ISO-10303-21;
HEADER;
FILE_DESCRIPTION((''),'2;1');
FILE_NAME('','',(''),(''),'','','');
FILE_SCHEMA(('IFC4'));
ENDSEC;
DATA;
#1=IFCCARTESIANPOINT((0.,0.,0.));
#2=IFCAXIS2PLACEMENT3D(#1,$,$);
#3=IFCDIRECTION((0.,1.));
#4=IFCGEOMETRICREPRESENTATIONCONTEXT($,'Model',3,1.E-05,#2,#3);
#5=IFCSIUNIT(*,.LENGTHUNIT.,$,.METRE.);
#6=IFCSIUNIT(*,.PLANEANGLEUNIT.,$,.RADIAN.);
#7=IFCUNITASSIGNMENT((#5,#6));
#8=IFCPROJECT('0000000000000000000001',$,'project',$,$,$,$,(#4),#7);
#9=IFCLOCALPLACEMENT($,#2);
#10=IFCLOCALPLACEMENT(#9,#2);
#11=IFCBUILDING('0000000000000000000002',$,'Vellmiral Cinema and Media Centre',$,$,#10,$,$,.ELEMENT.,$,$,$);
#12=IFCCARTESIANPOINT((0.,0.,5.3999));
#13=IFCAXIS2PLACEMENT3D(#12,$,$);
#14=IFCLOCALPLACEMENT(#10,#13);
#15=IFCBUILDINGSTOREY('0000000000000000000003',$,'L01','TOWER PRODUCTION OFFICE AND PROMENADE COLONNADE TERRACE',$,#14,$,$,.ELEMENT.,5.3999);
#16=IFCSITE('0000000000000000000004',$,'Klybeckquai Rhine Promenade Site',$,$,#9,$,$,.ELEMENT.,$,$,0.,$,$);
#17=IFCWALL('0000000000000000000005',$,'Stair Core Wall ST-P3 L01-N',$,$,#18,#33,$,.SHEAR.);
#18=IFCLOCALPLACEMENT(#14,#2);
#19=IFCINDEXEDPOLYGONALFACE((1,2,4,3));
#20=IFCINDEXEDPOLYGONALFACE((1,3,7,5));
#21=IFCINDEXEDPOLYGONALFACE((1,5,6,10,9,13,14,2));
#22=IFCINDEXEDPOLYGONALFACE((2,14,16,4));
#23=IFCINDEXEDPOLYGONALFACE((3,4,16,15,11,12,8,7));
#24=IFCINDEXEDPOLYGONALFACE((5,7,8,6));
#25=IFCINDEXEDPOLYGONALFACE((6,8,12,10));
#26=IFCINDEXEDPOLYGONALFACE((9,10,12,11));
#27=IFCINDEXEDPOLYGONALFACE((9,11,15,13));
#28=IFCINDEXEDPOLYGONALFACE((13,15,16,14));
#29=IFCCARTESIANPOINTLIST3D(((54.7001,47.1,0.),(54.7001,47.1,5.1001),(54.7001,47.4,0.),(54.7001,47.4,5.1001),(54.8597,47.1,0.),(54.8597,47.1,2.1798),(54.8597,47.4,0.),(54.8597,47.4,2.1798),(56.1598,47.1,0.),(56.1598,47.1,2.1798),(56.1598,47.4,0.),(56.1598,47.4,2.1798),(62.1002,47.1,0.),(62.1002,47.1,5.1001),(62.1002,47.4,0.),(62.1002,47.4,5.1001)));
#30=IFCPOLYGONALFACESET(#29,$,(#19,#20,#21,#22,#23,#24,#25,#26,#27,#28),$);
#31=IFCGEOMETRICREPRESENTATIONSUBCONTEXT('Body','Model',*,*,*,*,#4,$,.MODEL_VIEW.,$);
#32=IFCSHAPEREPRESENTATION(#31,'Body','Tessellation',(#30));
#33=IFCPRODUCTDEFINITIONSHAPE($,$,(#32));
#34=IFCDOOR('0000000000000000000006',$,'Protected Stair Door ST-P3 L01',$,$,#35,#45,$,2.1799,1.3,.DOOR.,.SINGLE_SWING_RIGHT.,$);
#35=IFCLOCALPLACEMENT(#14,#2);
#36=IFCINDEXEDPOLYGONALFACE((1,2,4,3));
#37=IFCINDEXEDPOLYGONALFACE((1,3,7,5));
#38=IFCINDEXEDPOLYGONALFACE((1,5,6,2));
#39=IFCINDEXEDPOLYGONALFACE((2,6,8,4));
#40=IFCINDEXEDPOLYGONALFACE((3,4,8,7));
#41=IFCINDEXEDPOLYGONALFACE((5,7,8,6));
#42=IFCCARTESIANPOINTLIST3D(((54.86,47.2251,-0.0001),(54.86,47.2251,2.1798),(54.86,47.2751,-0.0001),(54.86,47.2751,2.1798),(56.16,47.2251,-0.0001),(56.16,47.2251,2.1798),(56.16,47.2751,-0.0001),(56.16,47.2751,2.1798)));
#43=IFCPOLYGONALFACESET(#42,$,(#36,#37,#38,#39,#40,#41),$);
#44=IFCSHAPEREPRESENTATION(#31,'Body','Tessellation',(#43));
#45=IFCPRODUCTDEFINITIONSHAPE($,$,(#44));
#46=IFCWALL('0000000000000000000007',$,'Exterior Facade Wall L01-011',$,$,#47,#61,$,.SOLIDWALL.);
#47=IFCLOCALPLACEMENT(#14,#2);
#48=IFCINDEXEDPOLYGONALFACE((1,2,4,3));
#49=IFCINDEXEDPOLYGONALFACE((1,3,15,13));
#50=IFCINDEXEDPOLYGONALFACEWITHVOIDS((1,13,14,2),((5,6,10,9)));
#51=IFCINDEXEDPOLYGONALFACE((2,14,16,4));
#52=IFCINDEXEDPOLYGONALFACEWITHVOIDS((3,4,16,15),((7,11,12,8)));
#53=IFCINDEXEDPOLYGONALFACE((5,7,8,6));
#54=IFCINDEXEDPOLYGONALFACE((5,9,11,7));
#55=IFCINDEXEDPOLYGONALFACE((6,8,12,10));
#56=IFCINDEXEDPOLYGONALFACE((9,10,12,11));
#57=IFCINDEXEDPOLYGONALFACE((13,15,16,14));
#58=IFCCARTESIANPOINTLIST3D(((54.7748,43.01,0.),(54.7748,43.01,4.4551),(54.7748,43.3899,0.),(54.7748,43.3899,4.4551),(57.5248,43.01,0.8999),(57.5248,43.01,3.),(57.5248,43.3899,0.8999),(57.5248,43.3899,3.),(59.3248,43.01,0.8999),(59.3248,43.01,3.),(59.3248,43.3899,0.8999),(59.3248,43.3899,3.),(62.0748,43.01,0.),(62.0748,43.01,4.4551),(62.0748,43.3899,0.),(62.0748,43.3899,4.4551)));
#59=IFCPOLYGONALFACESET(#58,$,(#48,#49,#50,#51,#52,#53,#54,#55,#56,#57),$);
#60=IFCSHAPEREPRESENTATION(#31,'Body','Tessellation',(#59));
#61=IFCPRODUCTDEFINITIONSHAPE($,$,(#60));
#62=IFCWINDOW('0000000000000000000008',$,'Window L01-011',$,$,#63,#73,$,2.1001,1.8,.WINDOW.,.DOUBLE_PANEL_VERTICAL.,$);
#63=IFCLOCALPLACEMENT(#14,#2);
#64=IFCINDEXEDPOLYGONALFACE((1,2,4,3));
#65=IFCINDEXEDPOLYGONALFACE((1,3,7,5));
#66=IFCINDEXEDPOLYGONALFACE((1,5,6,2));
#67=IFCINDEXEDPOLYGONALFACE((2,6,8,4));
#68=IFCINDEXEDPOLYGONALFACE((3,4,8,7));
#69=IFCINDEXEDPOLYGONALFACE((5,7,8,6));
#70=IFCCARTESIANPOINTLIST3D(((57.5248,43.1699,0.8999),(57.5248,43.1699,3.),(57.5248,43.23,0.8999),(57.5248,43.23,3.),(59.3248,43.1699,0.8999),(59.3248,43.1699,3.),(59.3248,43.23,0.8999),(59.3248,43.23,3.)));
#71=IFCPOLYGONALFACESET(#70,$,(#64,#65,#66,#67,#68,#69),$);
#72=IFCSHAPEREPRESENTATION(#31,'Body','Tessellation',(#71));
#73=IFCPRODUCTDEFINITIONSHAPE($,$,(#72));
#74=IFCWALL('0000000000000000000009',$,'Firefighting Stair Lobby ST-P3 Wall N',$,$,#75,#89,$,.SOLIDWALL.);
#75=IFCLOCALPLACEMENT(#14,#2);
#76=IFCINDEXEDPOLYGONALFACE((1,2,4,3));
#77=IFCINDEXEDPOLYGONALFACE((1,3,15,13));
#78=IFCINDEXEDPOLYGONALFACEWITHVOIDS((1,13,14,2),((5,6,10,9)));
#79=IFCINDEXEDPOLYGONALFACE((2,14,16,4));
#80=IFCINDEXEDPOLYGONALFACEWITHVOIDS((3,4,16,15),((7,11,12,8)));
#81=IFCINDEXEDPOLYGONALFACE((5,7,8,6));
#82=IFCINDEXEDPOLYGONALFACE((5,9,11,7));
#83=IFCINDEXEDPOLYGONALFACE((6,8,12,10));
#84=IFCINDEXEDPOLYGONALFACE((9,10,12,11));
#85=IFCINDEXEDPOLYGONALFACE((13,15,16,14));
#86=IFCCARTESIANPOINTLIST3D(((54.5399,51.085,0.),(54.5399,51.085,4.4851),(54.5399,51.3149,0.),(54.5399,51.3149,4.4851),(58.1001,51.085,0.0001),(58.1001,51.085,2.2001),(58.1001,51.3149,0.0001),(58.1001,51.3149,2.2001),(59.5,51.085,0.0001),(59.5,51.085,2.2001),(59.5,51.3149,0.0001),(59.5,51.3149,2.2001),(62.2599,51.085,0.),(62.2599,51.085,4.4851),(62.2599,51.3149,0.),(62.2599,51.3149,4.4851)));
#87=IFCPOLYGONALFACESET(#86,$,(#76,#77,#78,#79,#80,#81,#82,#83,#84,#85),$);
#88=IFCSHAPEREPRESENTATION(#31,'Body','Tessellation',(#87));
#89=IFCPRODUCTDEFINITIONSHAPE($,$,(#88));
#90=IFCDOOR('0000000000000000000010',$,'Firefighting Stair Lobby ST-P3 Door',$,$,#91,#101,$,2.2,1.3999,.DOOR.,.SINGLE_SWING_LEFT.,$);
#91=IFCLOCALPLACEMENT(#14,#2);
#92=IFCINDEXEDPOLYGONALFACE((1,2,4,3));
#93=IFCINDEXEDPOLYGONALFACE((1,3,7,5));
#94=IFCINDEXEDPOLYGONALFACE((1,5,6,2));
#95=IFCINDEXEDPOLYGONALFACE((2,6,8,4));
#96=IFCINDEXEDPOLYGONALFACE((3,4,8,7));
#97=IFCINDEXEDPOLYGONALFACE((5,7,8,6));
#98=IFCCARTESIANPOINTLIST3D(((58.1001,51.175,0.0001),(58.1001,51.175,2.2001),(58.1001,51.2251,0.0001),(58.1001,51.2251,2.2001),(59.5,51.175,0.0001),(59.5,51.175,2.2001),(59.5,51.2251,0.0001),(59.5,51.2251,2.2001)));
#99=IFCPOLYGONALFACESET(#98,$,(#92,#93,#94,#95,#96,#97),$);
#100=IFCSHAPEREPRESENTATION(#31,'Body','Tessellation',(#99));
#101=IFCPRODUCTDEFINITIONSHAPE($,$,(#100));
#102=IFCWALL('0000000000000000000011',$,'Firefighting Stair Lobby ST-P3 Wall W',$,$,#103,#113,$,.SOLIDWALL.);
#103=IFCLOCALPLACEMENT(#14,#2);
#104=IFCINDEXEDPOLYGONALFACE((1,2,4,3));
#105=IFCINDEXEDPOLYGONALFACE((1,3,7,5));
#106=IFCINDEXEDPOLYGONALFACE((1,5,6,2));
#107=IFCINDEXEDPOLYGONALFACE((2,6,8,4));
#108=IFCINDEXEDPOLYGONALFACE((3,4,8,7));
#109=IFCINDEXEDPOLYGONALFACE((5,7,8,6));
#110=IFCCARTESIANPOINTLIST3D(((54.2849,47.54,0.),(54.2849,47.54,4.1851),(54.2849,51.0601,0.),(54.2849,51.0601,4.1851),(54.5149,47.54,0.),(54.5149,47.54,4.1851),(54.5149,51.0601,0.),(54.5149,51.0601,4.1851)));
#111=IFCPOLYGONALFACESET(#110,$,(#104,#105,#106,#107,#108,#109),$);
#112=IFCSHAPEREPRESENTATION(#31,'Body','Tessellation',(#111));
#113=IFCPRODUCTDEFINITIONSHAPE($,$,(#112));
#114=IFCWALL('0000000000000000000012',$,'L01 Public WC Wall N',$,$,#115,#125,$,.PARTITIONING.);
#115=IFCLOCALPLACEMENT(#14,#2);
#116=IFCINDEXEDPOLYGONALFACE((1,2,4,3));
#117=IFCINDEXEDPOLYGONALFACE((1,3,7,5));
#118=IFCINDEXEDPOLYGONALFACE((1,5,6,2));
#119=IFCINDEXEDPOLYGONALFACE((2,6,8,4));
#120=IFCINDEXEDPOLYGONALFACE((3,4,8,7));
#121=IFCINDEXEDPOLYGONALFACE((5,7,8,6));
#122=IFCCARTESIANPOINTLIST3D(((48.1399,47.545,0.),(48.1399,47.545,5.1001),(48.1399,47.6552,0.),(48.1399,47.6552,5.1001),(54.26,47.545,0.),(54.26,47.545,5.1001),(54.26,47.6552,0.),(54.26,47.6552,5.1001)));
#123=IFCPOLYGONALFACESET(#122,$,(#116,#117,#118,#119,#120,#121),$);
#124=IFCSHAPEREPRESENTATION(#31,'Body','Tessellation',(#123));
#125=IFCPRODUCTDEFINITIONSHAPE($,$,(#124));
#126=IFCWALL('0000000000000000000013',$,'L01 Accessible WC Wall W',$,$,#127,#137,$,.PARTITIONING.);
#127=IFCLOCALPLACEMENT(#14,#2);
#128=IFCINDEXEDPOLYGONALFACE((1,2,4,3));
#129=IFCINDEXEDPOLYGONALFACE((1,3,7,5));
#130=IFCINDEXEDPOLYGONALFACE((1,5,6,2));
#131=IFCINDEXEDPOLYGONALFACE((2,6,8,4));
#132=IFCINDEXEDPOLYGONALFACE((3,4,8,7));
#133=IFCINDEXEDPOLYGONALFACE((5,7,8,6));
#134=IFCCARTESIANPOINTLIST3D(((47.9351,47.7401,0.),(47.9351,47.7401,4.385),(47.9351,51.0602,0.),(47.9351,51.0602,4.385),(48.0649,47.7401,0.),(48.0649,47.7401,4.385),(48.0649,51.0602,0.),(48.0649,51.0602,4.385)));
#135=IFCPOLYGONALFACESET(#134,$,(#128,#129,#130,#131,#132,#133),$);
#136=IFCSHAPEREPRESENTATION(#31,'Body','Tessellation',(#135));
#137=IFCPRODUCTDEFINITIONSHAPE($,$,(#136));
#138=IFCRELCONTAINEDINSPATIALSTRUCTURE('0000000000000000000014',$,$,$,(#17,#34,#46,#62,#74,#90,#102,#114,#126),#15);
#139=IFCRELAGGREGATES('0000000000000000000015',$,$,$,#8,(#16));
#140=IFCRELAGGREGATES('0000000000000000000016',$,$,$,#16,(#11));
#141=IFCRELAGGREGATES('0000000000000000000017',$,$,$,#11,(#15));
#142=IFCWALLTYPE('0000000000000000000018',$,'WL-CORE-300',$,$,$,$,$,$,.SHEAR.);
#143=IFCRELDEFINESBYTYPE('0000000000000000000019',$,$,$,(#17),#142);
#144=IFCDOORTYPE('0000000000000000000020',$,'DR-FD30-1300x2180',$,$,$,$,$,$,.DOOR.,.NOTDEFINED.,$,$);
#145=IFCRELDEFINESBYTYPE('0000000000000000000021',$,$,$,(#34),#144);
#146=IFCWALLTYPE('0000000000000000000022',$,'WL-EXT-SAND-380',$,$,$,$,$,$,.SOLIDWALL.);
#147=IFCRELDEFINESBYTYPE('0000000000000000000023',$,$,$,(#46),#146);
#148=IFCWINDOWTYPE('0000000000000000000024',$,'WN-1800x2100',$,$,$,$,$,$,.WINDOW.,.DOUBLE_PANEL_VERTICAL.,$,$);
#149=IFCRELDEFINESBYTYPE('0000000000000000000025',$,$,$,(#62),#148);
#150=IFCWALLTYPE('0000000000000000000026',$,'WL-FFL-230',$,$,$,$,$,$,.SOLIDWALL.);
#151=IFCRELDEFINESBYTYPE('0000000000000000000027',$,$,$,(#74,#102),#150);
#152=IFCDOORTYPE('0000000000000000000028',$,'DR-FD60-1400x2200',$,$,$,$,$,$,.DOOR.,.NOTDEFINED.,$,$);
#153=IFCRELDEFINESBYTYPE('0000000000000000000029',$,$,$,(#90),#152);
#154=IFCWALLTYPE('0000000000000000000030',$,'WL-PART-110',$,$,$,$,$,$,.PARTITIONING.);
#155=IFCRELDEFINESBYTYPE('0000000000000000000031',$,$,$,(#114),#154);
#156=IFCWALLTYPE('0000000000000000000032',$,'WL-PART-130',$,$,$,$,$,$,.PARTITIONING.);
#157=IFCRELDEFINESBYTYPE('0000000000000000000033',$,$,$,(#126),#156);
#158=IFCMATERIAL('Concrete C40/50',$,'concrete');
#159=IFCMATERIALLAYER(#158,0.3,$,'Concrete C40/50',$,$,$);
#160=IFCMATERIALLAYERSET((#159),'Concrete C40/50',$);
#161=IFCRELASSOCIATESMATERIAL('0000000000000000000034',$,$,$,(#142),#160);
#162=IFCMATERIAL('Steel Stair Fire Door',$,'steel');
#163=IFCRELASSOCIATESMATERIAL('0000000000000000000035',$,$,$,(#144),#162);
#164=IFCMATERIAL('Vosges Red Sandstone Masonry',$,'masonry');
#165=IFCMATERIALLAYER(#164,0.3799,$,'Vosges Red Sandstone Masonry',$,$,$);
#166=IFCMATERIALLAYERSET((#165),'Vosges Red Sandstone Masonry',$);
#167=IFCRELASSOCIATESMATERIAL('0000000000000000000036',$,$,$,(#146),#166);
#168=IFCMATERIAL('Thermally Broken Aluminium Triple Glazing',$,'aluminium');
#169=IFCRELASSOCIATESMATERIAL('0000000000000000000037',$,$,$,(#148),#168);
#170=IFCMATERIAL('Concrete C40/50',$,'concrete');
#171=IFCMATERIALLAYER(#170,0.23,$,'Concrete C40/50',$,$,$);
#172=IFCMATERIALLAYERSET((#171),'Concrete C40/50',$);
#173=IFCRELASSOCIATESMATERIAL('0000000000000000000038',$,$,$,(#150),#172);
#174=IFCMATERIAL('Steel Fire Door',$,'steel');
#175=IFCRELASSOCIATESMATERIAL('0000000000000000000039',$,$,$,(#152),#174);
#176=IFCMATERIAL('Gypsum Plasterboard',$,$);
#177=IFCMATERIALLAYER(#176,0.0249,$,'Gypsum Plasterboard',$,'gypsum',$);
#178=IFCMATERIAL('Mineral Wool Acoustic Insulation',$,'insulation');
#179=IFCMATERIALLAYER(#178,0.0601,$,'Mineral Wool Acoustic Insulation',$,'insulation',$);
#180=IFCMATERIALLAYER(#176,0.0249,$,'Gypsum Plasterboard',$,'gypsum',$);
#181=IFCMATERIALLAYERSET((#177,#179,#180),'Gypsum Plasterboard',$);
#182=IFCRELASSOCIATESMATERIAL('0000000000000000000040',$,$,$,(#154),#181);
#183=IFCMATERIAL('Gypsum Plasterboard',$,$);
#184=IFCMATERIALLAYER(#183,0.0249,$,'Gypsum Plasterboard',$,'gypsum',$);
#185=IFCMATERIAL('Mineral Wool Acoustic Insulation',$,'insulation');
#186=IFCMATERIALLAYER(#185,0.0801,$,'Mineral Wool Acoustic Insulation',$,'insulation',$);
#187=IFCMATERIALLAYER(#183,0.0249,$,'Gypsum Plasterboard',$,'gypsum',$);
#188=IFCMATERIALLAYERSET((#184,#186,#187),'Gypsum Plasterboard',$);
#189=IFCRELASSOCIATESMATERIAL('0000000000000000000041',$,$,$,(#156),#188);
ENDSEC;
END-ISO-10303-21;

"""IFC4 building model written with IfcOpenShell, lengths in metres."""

from ifc_helpers import new_model, si_unit, direction, frame, frame_2d, origin, place, context, subcontext, project, spatial, rectangle, extrude, material, layer, layer_set, type_object, element, fill, save


model = new_model("IFC4")

# Units and contexts
model_context = context("Model", 3, precision=1e-05, world=origin(), true_north=direction((0.0, 1.0)))
body_context = subcontext(model_context, "Body", "Model", "MODEL_VIEW")
ifc_project = project(units=[si_unit("LENGTHUNIT", "METRE"), si_unit("PLANEANGLEUNIT", "RADIAN")], contexts=[model_context])

# Site, building, storey
site_placement = place(None, origin())
site = spatial("IfcSite", under=ifc_project, at=site_placement, Name="Klybeckquai Rhine Promenade Site", CompositionType="ELEMENT", RefElevation=0.0)
building_placement = place(site_placement, origin())
building = spatial("IfcBuilding", under=site, at=building_placement, Name="Vellmiral Cinema and Media Centre", CompositionType="ELEMENT")
storey_placement = place(building_placement, frame((0.0, 0.0, 5.3999)))
storey = spatial("IfcBuildingStorey", under=building, at=storey_placement, Name="L01", Description="TOWER PRODUCTION OFFICE AND PROMENADE COLONNADE TERRACE", CompositionType="ELEMENT", Elevation=5.3999)

# Shared definitions
ifc_material_1 = material(Name="Concrete C40/50", Category="concrete")
ifc_layer_1 = layer(ifc_material_1, 0.3, Name="Concrete C40/50")
ifc_layer_set_1 = layer_set([ifc_layer_1], Name="Concrete C40/50")
wall_type_1 = type_object("IfcWallType", Name="WL-CORE-300", PredefinedType="SHEAR", material=ifc_layer_set_1)

# Wall, opening, door
wall_1_placement = place(storey_placement, frame((54.7, 47.25, 0.0), z_axis=(0.0, 0.0, 1.0), x_axis=(1.0, 0.0, 0.0)))
wall_1 = element("IfcWall", 1, at=wall_1_placement, inside=storey, type_object=wall_type_1, Name="Stair Core Wall ST-P3 L01-N", PredefinedType="SHEAR", context=body_context, shape_type="SweptSolid", body=[
    extrude(rectangle(XDim=7.4001, YDim=0.3, at=frame_2d((3.7002, 0.0))), origin(), (0.0, 0.0, 1.0), 5.1001),
])
opening_1_placement = place(wall_1_placement, frame((0.1599, 0.0, 0.0)))
opening_1 = element("IfcOpeningElement", 2, at=opening_1_placement, cuts=wall_1, PredefinedType="OPENING", context=body_context, shape_type="SweptSolid", body=[
    extrude(rectangle(XDim=1.3, YDim=2.1799, at=frame_2d((0.6499, 1.0898))), frame((0.0, 0.1621, 0.0), z_axis=(0.0, -1.0, 0.0), x_axis=(1.0, 0.0, 0.0)), (0.0, 0.0, 1.0), 0.324),
])
ifc_material_2 = material(Name="Steel Stair Fire Door", Category="steel")
door_type_1 = type_object("IfcDoorType", Name="DR-FD30-1300x2180", OperationType="NOTDEFINED", PredefinedType="DOOR", material=ifc_material_2)
door_1_placement = place(opening_1_placement, frame((1.3, 0.0, 0.0), z_axis=(0.0, 0.0, 1.0), x_axis=(-1.0, 0.0, 0.0)))
door_1 = element("IfcDoor", 3, at=door_1_placement, inside=storey, type_object=door_type_1, Name="Protected Stair Door ST-P3 L01", OperationType="SINGLE_SWING_RIGHT", OverallHeight=2.1799, OverallWidth=1.3, PredefinedType="DOOR", context=body_context, shape_type="SweptSolid", body=[
    extrude(rectangle(XDim=1.3, YDim=2.1799, at=frame_2d((0.6499, 1.0898))), frame((0.0, 0.0249, 0.0), z_axis=(0.0, -1.0, 0.0), x_axis=(1.0, 0.0, 0.0)), (0.0, 0.0, 1.0), 0.05),
])
fill(opening_1, door_1)

# Wall, opening, window
ifc_material_3 = material(Name="Vosges Red Sandstone Masonry", Category="masonry")
ifc_layer_2 = layer(ifc_material_3, 0.3799, Name="Vosges Red Sandstone Masonry")
ifc_layer_set_2 = layer_set([ifc_layer_2], Name="Vosges Red Sandstone Masonry")
wall_type_2 = type_object("IfcWallType", Name="WL-EXT-SAND-380", PredefinedType="SOLIDWALL", material=ifc_layer_set_2)
wall_2_placement = place(storey_placement, frame((54.7749, 43.2, 0.0), z_axis=(0.0, 0.0, 1.0), x_axis=(1.0, 0.0, 0.0)))
wall_2 = element("IfcWall", 4, at=wall_2_placement, inside=storey, type_object=wall_type_2, Name="Exterior Facade Wall L01-011", PredefinedType="SOLIDWALL", context=body_context, shape_type="SweptSolid", body=[
    extrude(rectangle(XDim=7.3, YDim=0.3799, at=frame_2d((3.6499, 0.0))), origin(), (0.0, 0.0, 1.0), 4.4551),
])
opening_2_placement = place(wall_2_placement, frame((2.75, 0.0, 0.8999)))
opening_2 = element("IfcOpeningElement", 5, at=opening_2_placement, cuts=wall_2, PredefinedType="OPENING", context=body_context, shape_type="SweptSolid", body=[
    extrude(rectangle(XDim=1.8, YDim=2.1001, at=frame_2d((0.8999, 1.05))), frame((0.0, 0.2019, 0.0), z_axis=(0.0, -1.0, 0.0), x_axis=(1.0, 0.0, 0.0)), (0.0, 0.0, 1.0), 0.4038),
])
ifc_material_4 = material(Name="Thermally Broken Aluminium Triple Glazing", Category="aluminium")
window_type = type_object("IfcWindowType", Name="WN-1800x2100", PartitioningType="DOUBLE_PANEL_VERTICAL", PredefinedType="WINDOW", material=ifc_material_4)
window_placement = place(opening_2_placement, origin())
window = element("IfcWindow", 6, at=window_placement, inside=storey, type_object=window_type, Name="Window L01-011", OverallHeight=2.1001, OverallWidth=1.8, PartitioningType="DOUBLE_PANEL_VERTICAL", PredefinedType="WINDOW", context=body_context, shape_type="SweptSolid", body=[
    extrude(rectangle(XDim=1.8, YDim=2.1001, at=frame_2d((0.8999, 1.05))), frame((0.0, 0.03, 0.0), z_axis=(0.0, -1.0, 0.0), x_axis=(1.0, 0.0, 0.0)), (0.0, 0.0, 1.0), 0.0601),
])
fill(opening_2, window)

# Wall, opening, door
ifc_material_5 = material(Name="Concrete C40/50", Category="concrete")
ifc_layer_3 = layer(ifc_material_5, 0.23, Name="Concrete C40/50")
ifc_layer_set_3 = layer_set([ifc_layer_3], Name="Concrete C40/50")
wall_type_3 = type_object("IfcWallType", Name="WL-FFL-230", PredefinedType="SOLIDWALL", material=ifc_layer_set_3)
wall_3_placement = place(storey_placement, frame((54.54, 51.2, 0.0), z_axis=(0.0, 0.0, 1.0), x_axis=(1.0, 0.0, 0.0)))
wall_3 = element("IfcWall", 7, at=wall_3_placement, inside=storey, type_object=wall_type_3, Name="Firefighting Stair Lobby ST-P3 Wall N", PredefinedType="SOLIDWALL", context=body_context, shape_type="SweptSolid", body=[
    extrude(rectangle(XDim=7.72, YDim=0.23, at=frame_2d((3.8599, 0.0))), origin(), (0.0, 0.0, 1.0), 4.4851),
])
opening_3_placement = place(wall_3_placement, frame((3.5601, 0.0, 0.0)))
opening_3 = element("IfcOpeningElement", 8, at=opening_3_placement, cuts=wall_3, PredefinedType="OPENING", context=body_context, shape_type="SweptSolid", body=[
    extrude(rectangle(XDim=1.3999, YDim=2.2, at=frame_2d((0.7, 1.1001))), frame((0.0, 0.127, 0.0), z_axis=(0.0, -1.0, 0.0), x_axis=(1.0, 0.0, 0.0)), (0.0, 0.0, 1.0), 0.2539),
])
ifc_material_6 = material(Name="Steel Fire Door", Category="steel")
door_type_2 = type_object("IfcDoorType", Name="DR-FD60-1400x2200", OperationType="NOTDEFINED", PredefinedType="DOOR", material=ifc_material_6)
door_2_placement = place(opening_3_placement, frame((1.3999, 0.0, 0.0), z_axis=(0.0, 0.0, 1.0), x_axis=(-1.0, 0.0, 0.0)))
door_2 = element("IfcDoor", 9, at=door_2_placement, inside=storey, type_object=door_type_2, Name="Firefighting Stair Lobby ST-P3 Door", OperationType="SINGLE_SWING_LEFT", OverallHeight=2.2, OverallWidth=1.3999, PredefinedType="DOOR", context=body_context, shape_type="SweptSolid", body=[
    extrude(rectangle(XDim=1.3999, YDim=2.2, at=frame_2d((0.7, 1.1001))), frame((0.0, 0.0249, 0.0), z_axis=(0.0, -1.0, 0.0), x_axis=(1.0, 0.0, 0.0)), (0.0, 0.0, 1.0), 0.05),
])
fill(opening_3, door_2)

# Walls
wall_4_placement = place(storey_placement, frame((54.3999, 47.54, 0.0), z_axis=(0.0, 0.0, 1.0), x_axis=(0.0, 1.0, 0.0)))
element("IfcWall", 10, at=wall_4_placement, inside=storey, type_object=wall_type_3, Name="Firefighting Stair Lobby ST-P3 Wall W", PredefinedType="SOLIDWALL", context=body_context, shape_type="SweptSolid", body=[
    extrude(rectangle(XDim=3.52, YDim=0.23, at=frame_2d((1.76, 0.0))), origin(), (0.0, 0.0, 1.0), 4.1851),
])
ifc_material_7 = material(Name="Gypsum Plasterboard")
ifc_layer_4 = layer(ifc_material_7, 0.0249, Name="Gypsum Plasterboard", Category="gypsum")
ifc_material_8 = material(Name="Mineral Wool Acoustic Insulation", Category="insulation")
ifc_layer_5 = layer(ifc_material_8, 0.0601, Name="Mineral Wool Acoustic Insulation", Category="insulation")
ifc_layer_6 = layer(ifc_material_7, 0.0249, Name="Gypsum Plasterboard", Category="gypsum")
ifc_layer_set_4 = layer_set([ifc_layer_4, ifc_layer_5, ifc_layer_6], Name="Gypsum Plasterboard")
wall_type_4 = type_object("IfcWallType", Name="WL-PART-110", PredefinedType="PARTITIONING", material=ifc_layer_set_4)
wall_5_placement = place(storey_placement, frame((48.1399, 47.6001, 0.0), z_axis=(0.0, 0.0, 1.0), x_axis=(1.0, 0.0, 0.0)))
element("IfcWall", 11, at=wall_5_placement, inside=storey, type_object=wall_type_4, Name="L01 Public WC Wall N", PredefinedType="PARTITIONING", context=body_context, shape_type="SweptSolid", body=[
    extrude(rectangle(XDim=6.1201, YDim=0.1101, at=frame_2d((3.0601, 0.0))), origin(), (0.0, 0.0, 1.0), 5.1001),
])
ifc_material_9 = material(Name="Gypsum Plasterboard")
ifc_layer_7 = layer(ifc_material_9, 0.0249, Name="Gypsum Plasterboard", Category="gypsum")
ifc_material_10 = material(Name="Mineral Wool Acoustic Insulation", Category="insulation")
ifc_layer_8 = layer(ifc_material_10, 0.0801, Name="Mineral Wool Acoustic Insulation", Category="insulation")
ifc_layer_9 = layer(ifc_material_9, 0.0249, Name="Gypsum Plasterboard", Category="gypsum")
ifc_layer_set_5 = layer_set([ifc_layer_7, ifc_layer_8, ifc_layer_9], Name="Gypsum Plasterboard")
wall_type_5 = type_object("IfcWallType", Name="WL-PART-130", PredefinedType="PARTITIONING", material=ifc_layer_set_5)
wall_6_placement = place(storey_placement, frame((48.0, 47.74, 0.0), z_axis=(0.0, 0.0, 1.0), x_axis=(0.0, 1.0, 0.0)))
element("IfcWall", 12, at=wall_6_placement, inside=storey, type_object=wall_type_5, Name="L01 Accessible WC Wall W", PredefinedType="PARTITIONING", context=body_context, shape_type="SweptSolid", body=[
    extrude(rectangle(XDim=3.3201, YDim=0.1299, at=frame_2d((1.6602, 0.0))), origin(), (0.0, 0.0, 1.0), 4.385),
])

save(model, "model.ifc")
